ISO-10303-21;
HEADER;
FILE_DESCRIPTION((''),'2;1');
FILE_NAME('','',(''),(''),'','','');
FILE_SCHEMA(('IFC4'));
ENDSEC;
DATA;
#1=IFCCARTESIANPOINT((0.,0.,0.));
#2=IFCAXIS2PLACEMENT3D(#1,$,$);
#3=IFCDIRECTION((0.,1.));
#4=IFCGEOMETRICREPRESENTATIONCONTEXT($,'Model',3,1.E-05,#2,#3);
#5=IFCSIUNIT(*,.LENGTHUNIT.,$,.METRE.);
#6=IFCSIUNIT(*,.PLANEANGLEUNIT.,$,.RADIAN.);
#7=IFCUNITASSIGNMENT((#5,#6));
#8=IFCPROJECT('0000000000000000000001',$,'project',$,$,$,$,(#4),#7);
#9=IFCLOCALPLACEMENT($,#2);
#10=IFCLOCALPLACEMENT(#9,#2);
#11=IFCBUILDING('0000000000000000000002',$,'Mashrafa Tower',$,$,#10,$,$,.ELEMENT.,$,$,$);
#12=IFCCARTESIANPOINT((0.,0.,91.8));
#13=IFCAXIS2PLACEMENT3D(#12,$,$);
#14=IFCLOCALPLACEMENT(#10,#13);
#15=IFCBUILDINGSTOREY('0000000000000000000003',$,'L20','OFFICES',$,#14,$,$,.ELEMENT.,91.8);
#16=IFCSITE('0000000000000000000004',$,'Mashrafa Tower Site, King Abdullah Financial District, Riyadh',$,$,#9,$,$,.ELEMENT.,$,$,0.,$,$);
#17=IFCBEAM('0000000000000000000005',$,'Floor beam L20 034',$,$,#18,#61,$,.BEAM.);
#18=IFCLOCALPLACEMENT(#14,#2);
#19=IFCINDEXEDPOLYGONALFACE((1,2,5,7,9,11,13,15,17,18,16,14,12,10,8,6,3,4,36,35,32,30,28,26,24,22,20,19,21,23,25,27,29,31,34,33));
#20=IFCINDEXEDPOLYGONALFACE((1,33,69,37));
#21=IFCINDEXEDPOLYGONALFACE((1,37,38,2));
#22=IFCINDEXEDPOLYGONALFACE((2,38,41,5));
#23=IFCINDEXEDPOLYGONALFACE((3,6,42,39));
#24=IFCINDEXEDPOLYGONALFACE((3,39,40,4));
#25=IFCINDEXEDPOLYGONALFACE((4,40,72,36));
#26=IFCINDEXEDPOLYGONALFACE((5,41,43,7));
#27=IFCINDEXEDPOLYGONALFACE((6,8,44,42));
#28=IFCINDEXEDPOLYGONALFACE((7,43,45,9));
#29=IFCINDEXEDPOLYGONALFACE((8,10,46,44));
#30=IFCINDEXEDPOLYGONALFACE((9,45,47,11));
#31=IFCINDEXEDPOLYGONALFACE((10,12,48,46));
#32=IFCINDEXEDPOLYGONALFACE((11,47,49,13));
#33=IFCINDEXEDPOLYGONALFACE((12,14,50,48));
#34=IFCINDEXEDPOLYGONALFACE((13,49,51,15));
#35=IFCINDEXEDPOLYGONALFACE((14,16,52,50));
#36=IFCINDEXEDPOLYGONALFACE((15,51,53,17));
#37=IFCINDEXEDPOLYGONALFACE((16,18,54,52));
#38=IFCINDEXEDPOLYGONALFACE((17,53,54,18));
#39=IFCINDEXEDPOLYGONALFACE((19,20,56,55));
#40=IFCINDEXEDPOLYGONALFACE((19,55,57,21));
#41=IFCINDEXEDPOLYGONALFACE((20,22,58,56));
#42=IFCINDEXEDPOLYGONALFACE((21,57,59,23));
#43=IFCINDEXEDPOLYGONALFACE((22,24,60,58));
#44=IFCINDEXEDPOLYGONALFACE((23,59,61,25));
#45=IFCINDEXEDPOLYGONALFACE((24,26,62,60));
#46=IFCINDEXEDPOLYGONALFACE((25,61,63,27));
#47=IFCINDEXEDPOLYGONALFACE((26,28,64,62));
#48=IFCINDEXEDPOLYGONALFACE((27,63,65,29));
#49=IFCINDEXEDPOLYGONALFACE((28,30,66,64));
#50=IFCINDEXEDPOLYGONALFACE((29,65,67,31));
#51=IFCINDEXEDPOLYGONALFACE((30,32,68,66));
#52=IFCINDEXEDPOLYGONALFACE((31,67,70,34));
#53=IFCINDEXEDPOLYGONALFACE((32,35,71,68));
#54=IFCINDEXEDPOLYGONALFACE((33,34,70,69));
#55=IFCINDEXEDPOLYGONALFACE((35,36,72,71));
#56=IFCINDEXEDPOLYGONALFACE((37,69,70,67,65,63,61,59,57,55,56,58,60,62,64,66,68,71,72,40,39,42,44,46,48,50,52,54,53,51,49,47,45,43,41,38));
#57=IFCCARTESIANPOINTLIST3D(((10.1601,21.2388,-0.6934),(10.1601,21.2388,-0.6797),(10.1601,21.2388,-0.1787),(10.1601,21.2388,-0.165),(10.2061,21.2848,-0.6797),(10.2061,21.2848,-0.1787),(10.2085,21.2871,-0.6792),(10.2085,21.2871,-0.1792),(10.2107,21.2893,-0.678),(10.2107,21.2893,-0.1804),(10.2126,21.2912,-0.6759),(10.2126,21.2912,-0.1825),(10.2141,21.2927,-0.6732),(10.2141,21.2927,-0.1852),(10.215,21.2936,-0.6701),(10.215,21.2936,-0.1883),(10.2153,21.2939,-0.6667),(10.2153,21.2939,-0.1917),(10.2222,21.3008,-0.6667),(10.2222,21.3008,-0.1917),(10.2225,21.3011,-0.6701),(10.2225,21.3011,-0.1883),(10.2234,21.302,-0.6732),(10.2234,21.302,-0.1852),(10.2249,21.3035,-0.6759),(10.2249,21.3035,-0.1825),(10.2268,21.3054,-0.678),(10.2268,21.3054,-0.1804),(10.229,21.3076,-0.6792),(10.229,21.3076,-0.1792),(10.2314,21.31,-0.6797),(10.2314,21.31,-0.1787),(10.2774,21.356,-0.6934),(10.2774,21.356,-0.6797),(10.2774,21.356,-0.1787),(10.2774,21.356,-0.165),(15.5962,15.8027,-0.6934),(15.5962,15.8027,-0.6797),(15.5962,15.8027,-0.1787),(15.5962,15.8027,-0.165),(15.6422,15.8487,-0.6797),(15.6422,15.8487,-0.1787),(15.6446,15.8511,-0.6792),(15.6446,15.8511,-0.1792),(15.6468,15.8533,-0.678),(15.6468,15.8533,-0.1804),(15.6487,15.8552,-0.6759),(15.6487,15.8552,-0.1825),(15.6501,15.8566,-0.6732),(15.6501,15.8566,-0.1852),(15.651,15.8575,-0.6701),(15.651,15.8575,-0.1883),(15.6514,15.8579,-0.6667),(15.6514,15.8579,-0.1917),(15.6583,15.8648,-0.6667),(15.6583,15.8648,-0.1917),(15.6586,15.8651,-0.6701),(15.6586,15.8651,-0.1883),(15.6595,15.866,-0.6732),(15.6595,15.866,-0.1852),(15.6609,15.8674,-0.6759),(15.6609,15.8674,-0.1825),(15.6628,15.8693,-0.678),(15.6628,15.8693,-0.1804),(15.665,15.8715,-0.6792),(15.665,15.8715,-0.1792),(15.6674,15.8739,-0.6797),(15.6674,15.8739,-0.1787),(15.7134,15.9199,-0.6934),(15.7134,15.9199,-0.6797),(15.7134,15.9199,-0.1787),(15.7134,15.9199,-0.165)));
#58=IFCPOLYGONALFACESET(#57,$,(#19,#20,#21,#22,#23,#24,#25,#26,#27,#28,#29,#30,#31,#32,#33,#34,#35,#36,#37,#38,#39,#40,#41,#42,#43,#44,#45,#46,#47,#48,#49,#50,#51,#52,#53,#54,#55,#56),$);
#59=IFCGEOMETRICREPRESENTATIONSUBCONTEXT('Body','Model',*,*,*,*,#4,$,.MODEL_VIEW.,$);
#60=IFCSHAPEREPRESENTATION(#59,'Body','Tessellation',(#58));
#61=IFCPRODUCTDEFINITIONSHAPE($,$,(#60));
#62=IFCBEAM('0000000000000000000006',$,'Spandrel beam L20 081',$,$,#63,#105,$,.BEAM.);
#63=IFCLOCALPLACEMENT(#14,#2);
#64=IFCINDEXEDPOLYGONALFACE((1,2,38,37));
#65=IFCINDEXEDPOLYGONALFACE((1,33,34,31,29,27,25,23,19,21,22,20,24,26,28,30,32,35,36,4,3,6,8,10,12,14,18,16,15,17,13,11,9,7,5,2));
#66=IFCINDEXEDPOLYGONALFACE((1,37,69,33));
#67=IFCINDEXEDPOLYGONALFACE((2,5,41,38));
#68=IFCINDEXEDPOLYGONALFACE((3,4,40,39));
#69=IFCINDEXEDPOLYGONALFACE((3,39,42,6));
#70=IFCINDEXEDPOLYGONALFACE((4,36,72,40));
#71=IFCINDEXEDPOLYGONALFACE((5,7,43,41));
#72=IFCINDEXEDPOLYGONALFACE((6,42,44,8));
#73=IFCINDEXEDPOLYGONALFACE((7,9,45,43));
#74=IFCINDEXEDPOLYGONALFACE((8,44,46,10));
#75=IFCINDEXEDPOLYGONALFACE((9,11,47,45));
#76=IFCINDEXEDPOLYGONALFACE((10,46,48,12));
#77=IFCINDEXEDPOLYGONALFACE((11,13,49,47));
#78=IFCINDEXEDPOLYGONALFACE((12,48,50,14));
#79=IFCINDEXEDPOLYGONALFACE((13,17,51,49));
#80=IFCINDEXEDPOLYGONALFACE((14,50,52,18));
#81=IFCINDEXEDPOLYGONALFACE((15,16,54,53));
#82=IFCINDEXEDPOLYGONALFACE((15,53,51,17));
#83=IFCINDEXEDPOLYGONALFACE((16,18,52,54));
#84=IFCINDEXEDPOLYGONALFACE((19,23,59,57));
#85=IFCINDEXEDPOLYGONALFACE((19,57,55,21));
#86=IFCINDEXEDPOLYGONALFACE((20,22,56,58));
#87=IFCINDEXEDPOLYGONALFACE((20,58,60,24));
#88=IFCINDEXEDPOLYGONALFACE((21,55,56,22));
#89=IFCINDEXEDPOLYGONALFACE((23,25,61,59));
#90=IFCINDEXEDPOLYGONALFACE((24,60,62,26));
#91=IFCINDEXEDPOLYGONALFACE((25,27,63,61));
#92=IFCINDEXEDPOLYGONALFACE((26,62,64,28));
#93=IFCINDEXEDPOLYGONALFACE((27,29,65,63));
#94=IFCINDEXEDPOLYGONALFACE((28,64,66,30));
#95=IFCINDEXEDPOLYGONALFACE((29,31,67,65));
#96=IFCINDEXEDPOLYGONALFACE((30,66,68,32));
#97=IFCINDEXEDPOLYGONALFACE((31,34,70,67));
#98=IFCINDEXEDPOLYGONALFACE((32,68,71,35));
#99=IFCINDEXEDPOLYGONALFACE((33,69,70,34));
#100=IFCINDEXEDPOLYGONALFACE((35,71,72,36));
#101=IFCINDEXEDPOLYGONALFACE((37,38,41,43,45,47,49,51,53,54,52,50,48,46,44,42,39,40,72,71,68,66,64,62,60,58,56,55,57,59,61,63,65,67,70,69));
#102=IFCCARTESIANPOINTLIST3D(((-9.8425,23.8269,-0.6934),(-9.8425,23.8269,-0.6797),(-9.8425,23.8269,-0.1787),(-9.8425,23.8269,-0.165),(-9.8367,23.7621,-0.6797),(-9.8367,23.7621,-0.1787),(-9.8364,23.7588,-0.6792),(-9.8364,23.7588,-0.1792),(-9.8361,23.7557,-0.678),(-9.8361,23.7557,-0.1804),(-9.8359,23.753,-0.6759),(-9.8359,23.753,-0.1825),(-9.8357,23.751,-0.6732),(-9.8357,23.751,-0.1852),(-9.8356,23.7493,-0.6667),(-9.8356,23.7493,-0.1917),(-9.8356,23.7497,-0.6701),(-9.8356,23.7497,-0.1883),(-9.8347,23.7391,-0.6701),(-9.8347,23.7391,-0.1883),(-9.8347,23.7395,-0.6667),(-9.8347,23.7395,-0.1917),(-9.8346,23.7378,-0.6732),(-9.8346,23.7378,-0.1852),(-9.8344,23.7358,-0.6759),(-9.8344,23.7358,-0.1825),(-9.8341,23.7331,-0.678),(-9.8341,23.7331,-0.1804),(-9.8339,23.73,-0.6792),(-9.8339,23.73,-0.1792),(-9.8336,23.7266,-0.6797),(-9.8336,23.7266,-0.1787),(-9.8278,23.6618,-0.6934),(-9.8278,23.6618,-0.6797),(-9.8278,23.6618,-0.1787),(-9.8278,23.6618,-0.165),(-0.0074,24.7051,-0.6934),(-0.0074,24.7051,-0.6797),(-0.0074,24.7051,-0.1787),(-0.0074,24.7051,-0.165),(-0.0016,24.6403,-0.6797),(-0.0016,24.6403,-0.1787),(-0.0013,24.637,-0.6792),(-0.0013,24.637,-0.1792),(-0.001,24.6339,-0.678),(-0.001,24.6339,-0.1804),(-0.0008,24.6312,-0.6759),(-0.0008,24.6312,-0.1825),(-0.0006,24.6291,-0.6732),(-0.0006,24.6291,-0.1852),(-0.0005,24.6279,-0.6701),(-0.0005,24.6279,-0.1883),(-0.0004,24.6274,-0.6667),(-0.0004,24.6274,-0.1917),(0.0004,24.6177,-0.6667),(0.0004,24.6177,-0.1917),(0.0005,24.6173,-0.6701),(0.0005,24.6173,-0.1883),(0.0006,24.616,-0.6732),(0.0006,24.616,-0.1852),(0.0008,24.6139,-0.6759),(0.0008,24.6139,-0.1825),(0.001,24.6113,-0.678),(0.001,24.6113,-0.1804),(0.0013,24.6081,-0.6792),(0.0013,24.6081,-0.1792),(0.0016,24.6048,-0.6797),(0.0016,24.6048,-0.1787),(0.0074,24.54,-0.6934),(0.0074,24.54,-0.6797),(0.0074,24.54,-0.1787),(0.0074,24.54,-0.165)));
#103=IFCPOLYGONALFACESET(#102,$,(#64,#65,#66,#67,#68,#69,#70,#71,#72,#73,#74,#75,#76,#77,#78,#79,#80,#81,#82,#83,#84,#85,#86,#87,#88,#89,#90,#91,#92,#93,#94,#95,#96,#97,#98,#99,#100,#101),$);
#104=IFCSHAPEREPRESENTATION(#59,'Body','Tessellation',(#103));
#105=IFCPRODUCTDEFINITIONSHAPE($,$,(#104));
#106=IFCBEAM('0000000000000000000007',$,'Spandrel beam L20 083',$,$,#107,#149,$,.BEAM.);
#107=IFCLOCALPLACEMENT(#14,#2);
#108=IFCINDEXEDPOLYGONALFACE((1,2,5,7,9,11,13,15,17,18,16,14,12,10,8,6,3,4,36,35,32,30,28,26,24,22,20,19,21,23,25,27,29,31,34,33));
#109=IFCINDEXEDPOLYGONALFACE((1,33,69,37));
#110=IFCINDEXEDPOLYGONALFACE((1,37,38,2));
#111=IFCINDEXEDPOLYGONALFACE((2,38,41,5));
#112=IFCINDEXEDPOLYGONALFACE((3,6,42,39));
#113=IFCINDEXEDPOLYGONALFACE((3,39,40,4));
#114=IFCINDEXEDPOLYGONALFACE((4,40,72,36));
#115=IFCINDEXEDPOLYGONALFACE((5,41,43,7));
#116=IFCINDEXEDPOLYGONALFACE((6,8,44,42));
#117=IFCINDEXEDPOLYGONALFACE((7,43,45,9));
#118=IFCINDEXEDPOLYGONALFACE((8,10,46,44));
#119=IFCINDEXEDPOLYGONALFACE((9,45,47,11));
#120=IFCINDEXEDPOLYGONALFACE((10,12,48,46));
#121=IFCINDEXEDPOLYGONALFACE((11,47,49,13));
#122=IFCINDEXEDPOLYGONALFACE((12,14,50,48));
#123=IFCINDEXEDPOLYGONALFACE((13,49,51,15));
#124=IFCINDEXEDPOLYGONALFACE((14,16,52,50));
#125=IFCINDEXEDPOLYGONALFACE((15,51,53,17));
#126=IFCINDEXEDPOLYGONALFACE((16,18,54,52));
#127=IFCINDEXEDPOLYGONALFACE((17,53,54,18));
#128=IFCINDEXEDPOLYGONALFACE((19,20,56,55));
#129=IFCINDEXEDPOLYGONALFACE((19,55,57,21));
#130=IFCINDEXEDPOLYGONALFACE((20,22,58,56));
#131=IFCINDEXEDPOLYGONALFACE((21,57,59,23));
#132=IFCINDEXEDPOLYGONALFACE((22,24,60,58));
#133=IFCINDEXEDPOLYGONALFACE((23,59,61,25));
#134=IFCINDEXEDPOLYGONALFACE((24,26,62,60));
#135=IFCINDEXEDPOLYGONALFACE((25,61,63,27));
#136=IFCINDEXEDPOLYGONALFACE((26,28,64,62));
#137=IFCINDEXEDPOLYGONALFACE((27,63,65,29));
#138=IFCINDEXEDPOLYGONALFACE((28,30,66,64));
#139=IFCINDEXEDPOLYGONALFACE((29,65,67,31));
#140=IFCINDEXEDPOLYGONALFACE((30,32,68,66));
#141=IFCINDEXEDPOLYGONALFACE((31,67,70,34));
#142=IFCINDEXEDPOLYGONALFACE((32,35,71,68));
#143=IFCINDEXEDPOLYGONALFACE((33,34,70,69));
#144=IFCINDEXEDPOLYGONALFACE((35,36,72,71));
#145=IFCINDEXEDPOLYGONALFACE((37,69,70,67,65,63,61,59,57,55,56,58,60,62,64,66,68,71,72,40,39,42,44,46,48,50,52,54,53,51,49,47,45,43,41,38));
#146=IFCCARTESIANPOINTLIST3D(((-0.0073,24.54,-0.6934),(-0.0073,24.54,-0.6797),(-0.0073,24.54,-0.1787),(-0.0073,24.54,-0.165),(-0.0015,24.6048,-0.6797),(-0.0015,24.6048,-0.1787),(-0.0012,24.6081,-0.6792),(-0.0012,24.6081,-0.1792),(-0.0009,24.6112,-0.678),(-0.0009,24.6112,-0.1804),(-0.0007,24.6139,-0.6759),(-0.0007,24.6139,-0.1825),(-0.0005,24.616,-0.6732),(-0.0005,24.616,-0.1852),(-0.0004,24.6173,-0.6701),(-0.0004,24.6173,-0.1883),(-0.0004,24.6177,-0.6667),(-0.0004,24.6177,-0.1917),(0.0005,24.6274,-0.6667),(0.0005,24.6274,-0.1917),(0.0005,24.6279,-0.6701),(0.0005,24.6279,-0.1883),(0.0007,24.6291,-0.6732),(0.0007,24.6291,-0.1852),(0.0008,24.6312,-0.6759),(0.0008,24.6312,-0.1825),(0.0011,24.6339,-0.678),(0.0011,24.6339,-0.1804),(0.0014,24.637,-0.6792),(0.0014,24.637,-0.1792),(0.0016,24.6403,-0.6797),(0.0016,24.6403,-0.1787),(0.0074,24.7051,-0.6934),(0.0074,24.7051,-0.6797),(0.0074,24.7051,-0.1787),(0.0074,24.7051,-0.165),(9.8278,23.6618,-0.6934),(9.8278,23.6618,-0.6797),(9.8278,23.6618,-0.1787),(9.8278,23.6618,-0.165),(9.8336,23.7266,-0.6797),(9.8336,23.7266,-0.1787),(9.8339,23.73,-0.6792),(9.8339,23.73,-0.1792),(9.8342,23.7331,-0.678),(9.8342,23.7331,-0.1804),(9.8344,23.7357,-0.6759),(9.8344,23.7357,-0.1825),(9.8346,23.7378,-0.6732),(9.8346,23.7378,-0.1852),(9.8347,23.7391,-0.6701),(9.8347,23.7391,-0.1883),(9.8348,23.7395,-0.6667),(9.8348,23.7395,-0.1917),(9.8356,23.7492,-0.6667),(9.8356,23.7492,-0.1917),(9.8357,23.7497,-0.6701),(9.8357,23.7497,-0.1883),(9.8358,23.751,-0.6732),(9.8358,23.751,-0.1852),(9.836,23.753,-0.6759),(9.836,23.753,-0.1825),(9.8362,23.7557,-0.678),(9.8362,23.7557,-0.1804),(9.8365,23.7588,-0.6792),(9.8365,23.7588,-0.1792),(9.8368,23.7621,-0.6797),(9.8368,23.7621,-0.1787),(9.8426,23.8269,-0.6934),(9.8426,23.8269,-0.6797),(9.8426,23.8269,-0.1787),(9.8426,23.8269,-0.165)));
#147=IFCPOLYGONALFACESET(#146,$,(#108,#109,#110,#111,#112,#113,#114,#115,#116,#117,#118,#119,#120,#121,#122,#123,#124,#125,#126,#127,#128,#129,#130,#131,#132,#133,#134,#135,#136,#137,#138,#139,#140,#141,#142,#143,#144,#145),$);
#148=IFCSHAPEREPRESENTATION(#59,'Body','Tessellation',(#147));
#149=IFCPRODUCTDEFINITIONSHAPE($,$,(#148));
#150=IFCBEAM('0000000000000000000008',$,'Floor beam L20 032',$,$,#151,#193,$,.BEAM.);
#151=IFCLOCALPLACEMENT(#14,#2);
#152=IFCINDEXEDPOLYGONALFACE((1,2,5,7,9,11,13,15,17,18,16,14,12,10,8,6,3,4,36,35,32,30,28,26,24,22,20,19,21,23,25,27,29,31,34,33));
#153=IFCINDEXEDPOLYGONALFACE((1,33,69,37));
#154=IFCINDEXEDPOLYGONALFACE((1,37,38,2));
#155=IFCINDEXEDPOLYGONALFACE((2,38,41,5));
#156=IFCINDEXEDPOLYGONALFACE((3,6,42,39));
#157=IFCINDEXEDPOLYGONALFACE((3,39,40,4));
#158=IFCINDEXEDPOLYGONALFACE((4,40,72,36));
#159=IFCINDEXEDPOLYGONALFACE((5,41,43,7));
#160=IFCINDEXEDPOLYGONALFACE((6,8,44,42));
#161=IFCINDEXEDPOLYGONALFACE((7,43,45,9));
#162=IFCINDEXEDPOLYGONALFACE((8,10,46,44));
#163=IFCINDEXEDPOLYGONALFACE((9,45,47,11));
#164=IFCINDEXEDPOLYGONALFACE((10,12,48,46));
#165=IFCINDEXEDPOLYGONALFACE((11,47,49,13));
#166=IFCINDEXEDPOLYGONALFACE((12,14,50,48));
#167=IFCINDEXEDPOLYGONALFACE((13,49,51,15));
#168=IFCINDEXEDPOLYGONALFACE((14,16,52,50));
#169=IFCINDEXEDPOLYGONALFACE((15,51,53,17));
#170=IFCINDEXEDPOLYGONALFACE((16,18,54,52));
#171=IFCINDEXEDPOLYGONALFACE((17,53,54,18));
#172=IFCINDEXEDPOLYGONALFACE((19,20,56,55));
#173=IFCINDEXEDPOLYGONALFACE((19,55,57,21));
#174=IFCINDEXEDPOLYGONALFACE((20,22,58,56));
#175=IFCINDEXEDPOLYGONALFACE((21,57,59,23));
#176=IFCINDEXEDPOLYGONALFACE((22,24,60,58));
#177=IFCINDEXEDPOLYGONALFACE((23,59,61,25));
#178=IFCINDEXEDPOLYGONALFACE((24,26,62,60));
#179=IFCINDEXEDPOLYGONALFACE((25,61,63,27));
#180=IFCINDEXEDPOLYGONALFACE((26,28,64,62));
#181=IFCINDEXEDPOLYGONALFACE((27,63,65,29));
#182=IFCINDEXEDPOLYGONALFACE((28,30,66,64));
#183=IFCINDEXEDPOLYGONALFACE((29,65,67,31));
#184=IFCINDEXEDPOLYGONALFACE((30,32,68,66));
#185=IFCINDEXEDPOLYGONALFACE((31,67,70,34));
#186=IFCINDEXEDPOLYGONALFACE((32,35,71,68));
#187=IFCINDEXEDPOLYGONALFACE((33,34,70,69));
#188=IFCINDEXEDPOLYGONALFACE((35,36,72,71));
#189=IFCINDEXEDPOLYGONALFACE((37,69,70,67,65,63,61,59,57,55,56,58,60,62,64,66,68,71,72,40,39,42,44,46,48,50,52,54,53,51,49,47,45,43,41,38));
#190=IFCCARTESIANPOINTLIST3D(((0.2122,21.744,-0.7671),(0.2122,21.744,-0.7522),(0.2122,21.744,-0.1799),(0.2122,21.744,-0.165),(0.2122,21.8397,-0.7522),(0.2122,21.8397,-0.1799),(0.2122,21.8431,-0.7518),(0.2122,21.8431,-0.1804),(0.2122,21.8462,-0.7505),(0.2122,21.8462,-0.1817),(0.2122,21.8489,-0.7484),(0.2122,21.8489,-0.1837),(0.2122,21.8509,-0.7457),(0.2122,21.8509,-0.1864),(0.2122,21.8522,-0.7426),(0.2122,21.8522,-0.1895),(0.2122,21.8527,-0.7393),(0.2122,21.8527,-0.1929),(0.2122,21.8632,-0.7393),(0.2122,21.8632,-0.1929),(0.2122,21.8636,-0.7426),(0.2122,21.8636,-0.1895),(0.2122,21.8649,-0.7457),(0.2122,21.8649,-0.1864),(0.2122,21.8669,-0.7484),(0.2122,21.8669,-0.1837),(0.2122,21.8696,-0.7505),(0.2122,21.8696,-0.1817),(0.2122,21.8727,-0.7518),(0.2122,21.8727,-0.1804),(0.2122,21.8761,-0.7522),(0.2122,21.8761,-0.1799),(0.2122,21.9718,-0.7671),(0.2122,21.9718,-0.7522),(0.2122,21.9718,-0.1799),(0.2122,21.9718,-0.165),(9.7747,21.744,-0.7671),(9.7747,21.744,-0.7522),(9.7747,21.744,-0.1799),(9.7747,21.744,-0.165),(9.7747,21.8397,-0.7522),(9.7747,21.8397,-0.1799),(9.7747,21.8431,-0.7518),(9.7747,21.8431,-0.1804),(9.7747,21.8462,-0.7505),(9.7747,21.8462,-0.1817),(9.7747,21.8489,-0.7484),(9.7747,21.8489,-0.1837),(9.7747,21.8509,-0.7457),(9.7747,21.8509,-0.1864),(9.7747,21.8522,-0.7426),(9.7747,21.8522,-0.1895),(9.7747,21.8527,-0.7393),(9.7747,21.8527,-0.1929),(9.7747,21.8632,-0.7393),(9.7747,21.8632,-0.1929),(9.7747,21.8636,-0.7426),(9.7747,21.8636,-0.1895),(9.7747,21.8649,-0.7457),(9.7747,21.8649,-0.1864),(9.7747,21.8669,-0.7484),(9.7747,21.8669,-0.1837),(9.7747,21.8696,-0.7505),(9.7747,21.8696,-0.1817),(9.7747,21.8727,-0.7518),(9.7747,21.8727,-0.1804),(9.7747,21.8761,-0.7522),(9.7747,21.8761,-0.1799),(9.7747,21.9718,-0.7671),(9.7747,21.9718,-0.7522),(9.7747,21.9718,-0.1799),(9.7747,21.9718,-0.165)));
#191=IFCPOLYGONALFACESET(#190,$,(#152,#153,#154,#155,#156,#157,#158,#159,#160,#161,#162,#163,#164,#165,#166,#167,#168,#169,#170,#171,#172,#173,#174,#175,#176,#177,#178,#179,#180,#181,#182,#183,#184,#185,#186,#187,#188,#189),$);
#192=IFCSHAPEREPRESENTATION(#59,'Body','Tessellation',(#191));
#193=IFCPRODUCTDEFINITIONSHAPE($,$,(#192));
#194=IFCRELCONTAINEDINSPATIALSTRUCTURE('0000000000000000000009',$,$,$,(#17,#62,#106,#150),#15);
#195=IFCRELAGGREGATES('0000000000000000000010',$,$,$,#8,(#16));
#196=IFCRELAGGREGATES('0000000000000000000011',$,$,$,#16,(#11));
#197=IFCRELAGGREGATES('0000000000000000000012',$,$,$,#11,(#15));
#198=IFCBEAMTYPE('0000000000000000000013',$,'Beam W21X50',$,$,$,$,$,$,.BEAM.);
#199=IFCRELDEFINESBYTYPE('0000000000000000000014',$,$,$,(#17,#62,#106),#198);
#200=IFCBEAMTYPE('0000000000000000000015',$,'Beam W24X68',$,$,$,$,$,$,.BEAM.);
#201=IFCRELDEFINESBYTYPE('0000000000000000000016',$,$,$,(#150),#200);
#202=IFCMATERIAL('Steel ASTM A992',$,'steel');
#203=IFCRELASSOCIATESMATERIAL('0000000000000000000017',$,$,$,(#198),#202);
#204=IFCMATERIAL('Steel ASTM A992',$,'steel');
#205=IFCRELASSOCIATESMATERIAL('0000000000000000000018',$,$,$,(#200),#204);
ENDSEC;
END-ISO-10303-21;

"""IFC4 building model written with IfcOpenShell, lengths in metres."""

from ifc_helpers import new_model, si_unit, direction, frame, origin, origin_2d, place, context, subcontext, project, spatial, i_section, extrude, material, material_profile, profile_set, type_object, element, save


model = new_model("IFC4")

# Units and contexts
model_context = context("Model", 3, precision=1e-05, world=origin(), true_north=direction((0.0, 1.0)))
body_context = subcontext(model_context, "Body", "Model", "MODEL_VIEW")
ifc_project = project(units=[si_unit("LENGTHUNIT", "METRE"), si_unit("PLANEANGLEUNIT", "RADIAN")], contexts=[model_context])

# Site, building, storey
site_placement = place(None, origin())
site = spatial("IfcSite", under=ifc_project, at=site_placement, Name="Mashrafa Tower Site, King Abdullah Financial District, Riyadh", CompositionType="ELEMENT", RefElevation=0.0)
building_placement = place(site_placement, origin())
building = spatial("IfcBuilding", under=site, at=building_placement, Name="Mashrafa Tower", CompositionType="ELEMENT")
storey_placement = place(building_placement, frame((0.0, 0.0, 91.8)))
storey = spatial("IfcBuildingStorey", under=building, at=storey_placement, Name="L20", Description="OFFICES", CompositionType="ELEMENT", Elevation=91.8)

# Beams
ifc_material_1 = material(Name="Steel ASTM A992", Category="steel")
ifc_material_profile_1 = material_profile(ifc_material_1, i_section(OverallWidth=0.1658, OverallDepth=0.5283, WebThickness=0.0098, FlangeThickness=0.0137, FilletRadius=0.0129, at=origin_2d()), Name="W21X50")
ifc_profile_set_1 = profile_set([ifc_material_profile_1], Name="Steel ASTM A992")
beam_type_1 = type_object("IfcBeamType", Name="Beam W21X50", PredefinedType="BEAM", material=ifc_profile_set_1)
beam_1_placement = place(storey_placement, frame((10.2188, 21.2974, -0.4292), z_axis=(0.707107, -0.707107, 0.0), x_axis=(0.707107, 0.707107, 0.0)))
element("IfcBeam", 1, at=beam_1_placement, inside=storey, type_object=beam_type_1, Name="Floor beam L20 034", PredefinedType="BEAM", context=body_context, shape_type="SweptSolid", body=[
    extrude(i_section(OverallWidth=0.1658, OverallDepth=0.5283, WebThickness=0.0098, FlangeThickness=0.0137, FilletRadius=0.0129, at=origin_2d()), origin(), (0.0, 0.0, 1.0), 7.6877),
])
for number, where, z_axis, x_axis, name in (
    (2, (0.0, 24.6226, -0.4292), (-0.996037, -0.088935, 0.0), (0.088935, -0.996037, 0.0), "Spandrel beam L20 081"),
    (3, (9.8352, 23.7444, -0.4292), (-0.996037, 0.088935, 0.0), (-0.088935, -0.996037, 0.0), "Spandrel beam L20 083"),
):
    element("IfcBeam", number, at=place(storey_placement, frame(where, z_axis=z_axis, x_axis=x_axis)), inside=storey, type_object=beam_type_1, Name=name, PredefinedType="BEAM", context=body_context, shape_type="SweptSolid", body=[
        extrude(i_section(OverallWidth=0.1658, OverallDepth=0.5283, WebThickness=0.0098, FlangeThickness=0.0137, FilletRadius=0.0129, at=origin_2d()), origin(), (0.0, 0.0, 1.0), 9.8743),
    ])
ifc_material_2 = material(Name="Steel ASTM A992", Category="steel")
ifc_material_profile_2 = material_profile(ifc_material_2, i_section(OverallWidth=0.2278, OverallDepth=0.6021, WebThickness=0.0105, FlangeThickness=0.0149, FilletRadius=0.0129, at=origin_2d()), Name="W24X68")
ifc_profile_set_2 = profile_set([ifc_material_profile_2], Name="Steel ASTM A992")
beam_type_2 = type_object("IfcBeamType", Name="Beam W24X68", PredefinedType="BEAM", material=ifc_profile_set_2)
beam_2_placement = place(storey_placement, frame((0.2122, 21.8579, -0.4661), z_axis=(1.0, 0.0, 0.0), x_axis=(0.0, 1.0, 0.0)))
element("IfcBeam", 4, at=beam_2_placement, inside=storey, type_object=beam_type_2, Name="Floor beam L20 032", PredefinedType="BEAM", context=body_context, shape_type="SweptSolid", body=[
    extrude(i_section(OverallWidth=0.2278, OverallDepth=0.6021, WebThickness=0.0105, FlangeThickness=0.0149, FilletRadius=0.0129, at=origin_2d()), origin(), (0.0, 0.0, 1.0), 9.5625),
])

save(model, "model.ifc")
